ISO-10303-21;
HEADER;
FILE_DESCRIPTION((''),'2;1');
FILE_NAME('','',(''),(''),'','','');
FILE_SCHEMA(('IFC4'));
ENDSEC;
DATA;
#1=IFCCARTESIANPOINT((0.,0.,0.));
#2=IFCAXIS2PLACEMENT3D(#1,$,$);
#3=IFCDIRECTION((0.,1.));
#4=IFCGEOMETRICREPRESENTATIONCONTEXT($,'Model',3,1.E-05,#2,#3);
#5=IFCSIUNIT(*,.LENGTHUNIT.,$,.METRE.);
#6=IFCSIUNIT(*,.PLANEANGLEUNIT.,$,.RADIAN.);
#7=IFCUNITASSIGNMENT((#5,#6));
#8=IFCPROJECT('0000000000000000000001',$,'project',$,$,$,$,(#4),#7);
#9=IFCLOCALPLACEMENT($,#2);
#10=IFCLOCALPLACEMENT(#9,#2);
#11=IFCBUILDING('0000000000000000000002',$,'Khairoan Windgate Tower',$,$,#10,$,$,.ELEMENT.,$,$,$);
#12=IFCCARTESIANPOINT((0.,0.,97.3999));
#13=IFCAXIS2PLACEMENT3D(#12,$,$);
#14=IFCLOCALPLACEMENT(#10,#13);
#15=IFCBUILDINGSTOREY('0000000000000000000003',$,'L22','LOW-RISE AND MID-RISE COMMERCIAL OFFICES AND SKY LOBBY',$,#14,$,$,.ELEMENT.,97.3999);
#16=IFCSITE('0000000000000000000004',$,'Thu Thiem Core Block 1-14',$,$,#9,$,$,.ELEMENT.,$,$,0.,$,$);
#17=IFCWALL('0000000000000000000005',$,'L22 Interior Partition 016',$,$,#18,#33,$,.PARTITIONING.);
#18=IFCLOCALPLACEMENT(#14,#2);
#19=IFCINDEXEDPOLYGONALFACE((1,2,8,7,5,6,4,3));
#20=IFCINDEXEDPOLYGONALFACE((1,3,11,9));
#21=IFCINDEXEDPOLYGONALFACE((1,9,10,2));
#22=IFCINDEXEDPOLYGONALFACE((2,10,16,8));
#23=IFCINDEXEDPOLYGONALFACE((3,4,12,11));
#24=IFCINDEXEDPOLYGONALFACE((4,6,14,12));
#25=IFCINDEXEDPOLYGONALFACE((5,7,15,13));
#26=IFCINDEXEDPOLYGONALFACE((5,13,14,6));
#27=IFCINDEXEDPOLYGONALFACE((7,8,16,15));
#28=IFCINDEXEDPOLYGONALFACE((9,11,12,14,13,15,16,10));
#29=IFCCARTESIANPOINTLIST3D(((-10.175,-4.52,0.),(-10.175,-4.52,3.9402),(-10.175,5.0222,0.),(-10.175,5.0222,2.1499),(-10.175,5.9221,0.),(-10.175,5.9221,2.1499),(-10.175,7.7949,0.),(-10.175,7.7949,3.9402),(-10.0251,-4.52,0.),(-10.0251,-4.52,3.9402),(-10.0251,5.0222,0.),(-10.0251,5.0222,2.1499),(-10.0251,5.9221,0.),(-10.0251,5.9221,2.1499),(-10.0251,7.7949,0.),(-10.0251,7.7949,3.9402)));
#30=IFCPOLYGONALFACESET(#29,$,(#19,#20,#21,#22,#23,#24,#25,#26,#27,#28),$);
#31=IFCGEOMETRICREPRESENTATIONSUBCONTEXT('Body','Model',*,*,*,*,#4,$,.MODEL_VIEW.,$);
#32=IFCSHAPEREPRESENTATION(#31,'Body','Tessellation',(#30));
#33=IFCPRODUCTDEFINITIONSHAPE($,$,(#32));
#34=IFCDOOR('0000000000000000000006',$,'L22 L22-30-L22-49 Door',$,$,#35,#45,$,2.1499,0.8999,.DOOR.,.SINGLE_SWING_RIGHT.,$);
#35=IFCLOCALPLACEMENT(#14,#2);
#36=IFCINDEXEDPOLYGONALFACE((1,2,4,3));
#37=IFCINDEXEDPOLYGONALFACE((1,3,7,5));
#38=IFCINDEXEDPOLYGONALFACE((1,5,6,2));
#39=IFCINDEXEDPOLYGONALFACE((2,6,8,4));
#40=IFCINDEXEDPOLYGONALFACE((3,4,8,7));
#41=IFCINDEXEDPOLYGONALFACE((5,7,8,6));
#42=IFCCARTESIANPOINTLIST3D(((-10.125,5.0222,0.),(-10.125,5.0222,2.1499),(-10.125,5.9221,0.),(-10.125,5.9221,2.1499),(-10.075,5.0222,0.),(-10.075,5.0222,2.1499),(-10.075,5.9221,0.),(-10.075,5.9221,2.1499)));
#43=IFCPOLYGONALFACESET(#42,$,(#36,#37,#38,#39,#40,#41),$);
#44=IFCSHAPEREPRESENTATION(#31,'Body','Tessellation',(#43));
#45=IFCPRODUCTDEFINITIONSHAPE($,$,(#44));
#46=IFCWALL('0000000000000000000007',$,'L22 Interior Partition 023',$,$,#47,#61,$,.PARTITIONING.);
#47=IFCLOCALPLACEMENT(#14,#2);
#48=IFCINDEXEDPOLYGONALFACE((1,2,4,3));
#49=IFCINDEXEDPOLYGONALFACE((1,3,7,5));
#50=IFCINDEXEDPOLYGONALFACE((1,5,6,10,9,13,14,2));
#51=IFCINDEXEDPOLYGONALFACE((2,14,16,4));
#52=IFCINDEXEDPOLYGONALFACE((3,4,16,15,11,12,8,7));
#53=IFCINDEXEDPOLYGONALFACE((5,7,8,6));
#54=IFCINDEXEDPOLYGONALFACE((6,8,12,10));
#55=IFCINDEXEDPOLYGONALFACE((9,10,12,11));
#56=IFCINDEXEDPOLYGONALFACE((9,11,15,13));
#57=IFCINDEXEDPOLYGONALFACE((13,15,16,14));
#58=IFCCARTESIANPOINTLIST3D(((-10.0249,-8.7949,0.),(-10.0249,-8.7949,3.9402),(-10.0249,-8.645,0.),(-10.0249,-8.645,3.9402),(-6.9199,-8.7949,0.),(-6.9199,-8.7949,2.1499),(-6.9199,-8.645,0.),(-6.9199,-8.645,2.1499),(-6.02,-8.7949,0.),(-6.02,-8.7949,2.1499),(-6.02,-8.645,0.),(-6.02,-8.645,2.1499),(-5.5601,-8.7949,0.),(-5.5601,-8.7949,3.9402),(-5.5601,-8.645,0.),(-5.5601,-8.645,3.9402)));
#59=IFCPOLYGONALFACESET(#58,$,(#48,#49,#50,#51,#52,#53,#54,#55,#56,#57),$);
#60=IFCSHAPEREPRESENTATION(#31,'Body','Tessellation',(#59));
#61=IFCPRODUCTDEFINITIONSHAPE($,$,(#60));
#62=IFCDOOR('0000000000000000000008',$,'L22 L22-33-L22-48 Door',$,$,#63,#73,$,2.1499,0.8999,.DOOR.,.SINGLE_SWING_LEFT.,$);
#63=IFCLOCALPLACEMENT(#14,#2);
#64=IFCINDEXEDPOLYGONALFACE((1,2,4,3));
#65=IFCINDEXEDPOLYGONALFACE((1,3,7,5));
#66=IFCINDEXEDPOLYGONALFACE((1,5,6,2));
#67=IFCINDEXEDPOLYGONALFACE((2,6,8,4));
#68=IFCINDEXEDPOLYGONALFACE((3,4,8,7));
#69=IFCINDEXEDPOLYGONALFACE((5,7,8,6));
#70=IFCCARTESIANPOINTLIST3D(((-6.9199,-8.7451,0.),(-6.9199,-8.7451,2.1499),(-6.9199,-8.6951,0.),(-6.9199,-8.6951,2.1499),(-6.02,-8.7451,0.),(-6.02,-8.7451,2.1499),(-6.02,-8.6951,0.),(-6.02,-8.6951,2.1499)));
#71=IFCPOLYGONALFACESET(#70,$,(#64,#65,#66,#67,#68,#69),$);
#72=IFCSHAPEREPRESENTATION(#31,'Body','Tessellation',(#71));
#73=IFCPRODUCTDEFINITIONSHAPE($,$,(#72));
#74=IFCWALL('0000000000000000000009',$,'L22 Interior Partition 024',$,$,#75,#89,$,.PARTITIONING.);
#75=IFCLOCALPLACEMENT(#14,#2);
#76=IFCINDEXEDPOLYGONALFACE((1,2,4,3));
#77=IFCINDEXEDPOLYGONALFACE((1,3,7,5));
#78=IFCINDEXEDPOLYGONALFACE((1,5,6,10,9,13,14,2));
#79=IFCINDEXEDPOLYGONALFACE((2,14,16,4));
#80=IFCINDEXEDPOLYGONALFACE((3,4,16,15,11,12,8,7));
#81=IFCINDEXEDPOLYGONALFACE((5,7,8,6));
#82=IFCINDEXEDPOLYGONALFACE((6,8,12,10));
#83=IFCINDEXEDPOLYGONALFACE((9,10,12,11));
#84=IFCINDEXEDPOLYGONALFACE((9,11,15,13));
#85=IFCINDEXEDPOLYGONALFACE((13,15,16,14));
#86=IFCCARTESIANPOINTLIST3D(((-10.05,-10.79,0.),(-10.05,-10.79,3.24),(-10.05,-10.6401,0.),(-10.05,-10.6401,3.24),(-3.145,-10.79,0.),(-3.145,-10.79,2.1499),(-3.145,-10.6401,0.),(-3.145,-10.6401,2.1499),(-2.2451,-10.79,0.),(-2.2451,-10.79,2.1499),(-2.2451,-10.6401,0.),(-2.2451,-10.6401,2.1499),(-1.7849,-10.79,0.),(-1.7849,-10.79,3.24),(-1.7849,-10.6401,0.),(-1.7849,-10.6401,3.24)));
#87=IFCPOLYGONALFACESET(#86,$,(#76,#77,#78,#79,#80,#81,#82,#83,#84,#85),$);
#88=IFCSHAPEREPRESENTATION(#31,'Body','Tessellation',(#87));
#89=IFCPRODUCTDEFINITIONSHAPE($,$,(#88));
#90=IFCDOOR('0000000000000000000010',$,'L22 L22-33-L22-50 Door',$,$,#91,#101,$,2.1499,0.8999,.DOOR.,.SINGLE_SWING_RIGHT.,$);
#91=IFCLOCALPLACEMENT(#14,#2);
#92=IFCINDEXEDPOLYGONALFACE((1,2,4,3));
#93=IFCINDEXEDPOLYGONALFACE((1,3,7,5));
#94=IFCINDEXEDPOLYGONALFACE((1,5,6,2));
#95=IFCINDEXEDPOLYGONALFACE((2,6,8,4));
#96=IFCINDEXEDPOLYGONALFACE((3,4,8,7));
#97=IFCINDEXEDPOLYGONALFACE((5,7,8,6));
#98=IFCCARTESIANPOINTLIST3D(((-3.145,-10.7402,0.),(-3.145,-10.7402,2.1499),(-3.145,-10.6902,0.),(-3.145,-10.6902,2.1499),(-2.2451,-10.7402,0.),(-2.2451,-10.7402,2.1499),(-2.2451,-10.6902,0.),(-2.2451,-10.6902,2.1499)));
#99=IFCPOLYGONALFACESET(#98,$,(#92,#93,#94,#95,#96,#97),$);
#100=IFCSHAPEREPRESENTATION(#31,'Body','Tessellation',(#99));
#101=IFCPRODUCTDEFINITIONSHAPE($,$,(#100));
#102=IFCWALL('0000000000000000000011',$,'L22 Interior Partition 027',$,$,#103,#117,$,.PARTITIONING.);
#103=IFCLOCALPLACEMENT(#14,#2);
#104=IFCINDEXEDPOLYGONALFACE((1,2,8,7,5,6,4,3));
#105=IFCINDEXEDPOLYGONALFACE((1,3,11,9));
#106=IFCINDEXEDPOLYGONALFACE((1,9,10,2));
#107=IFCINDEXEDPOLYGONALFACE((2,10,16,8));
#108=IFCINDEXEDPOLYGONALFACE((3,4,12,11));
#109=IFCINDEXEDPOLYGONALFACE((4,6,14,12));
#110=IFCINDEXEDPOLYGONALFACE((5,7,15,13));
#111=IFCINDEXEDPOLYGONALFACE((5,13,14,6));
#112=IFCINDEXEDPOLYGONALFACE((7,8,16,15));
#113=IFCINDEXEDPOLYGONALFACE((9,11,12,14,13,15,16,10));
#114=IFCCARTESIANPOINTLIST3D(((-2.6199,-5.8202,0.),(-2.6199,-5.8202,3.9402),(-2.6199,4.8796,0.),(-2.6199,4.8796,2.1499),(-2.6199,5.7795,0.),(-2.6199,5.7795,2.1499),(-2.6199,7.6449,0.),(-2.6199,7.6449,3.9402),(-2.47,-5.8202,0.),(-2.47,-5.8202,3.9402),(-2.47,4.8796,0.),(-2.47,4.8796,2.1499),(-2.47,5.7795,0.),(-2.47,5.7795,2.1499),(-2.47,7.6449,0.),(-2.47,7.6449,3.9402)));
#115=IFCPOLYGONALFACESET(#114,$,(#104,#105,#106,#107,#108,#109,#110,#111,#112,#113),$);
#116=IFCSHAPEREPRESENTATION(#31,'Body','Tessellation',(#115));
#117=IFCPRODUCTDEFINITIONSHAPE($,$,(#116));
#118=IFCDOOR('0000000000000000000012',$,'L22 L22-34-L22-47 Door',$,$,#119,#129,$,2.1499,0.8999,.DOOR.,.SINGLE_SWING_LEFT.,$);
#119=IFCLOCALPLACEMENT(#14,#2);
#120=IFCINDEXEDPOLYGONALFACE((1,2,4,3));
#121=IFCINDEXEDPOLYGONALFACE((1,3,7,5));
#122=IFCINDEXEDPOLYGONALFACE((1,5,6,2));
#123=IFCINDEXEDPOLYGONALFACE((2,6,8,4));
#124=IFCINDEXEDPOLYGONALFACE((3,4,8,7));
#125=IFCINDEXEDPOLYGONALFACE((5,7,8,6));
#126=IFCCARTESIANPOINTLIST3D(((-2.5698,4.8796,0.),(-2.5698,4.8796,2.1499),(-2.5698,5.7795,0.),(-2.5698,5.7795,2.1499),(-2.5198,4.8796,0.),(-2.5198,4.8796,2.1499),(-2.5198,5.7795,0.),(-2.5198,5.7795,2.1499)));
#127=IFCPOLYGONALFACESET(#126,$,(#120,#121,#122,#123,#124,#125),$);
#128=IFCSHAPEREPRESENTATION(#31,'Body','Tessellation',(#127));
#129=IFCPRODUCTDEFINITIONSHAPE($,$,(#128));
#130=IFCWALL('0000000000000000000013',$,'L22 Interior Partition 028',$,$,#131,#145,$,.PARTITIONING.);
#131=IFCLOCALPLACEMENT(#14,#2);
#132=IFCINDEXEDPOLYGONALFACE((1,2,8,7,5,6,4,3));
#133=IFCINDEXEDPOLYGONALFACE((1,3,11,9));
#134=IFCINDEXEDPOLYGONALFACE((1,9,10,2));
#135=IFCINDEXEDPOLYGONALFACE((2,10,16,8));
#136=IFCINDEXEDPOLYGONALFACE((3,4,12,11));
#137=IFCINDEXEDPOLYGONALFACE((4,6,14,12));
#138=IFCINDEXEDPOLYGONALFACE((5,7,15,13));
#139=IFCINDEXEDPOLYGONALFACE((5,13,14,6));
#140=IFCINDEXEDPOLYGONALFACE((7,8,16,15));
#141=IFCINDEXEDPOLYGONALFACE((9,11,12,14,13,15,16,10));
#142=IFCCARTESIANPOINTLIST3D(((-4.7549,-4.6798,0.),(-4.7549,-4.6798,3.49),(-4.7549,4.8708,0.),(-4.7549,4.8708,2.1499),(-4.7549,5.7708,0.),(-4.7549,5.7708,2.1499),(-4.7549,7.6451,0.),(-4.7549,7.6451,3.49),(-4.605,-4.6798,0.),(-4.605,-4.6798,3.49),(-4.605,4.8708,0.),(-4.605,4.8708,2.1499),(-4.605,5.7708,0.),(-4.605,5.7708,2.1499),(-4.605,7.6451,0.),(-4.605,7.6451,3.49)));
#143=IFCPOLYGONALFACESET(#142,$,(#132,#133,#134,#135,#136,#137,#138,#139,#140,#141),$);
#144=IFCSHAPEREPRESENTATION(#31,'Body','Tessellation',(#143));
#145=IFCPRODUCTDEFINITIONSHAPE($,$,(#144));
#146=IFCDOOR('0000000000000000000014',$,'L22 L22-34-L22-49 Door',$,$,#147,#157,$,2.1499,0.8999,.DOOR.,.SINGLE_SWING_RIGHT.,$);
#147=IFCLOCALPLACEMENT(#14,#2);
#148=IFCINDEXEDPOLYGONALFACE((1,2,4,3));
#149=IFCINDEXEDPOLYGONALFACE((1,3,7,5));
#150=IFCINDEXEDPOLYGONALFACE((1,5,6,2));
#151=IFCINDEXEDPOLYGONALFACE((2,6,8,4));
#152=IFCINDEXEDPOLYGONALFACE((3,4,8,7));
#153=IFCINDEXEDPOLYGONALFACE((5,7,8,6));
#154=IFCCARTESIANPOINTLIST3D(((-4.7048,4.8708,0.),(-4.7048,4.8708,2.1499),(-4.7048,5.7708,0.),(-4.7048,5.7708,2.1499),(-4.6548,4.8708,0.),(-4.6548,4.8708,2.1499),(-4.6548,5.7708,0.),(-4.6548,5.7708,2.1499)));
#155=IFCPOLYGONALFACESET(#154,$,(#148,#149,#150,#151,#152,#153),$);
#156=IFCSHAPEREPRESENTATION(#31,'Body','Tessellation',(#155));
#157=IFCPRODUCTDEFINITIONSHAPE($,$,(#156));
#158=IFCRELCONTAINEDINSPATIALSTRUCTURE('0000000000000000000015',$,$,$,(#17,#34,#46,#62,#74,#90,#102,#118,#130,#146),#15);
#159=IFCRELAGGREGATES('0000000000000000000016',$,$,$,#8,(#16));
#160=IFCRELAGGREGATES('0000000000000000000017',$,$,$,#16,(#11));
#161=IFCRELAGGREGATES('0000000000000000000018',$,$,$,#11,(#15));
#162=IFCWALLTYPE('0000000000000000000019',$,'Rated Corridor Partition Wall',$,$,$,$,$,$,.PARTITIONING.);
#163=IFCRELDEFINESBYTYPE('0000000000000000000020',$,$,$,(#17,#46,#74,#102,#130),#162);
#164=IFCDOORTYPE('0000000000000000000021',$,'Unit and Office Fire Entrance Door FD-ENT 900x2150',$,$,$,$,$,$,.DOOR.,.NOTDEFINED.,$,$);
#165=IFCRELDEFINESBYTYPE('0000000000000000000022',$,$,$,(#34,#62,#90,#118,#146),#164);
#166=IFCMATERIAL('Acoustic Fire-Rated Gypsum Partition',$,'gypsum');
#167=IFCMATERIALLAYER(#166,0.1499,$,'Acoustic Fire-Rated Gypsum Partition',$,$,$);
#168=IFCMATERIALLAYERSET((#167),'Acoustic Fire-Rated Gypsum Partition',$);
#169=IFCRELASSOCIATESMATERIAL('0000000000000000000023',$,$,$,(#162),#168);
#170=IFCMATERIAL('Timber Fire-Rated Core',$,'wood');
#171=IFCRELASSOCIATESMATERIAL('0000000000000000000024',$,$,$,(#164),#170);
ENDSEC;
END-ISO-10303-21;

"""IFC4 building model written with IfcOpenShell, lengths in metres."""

from ifc_helpers import new_model, si_unit, direction, frame, frame_2d, origin, place, context, subcontext, project, spatial, rectangle, extrude, material, layer, layer_set, type_object, element, fill, save


model = new_model("IFC4")

# Units and contexts
model_context = context("Model", 3, precision=1e-05, world=origin(), true_north=direction((0.0, 1.0)))
body_context = subcontext(model_context, "Body", "Model", "MODEL_VIEW")
ifc_project = project(units=[si_unit("LENGTHUNIT", "METRE"), si_unit("PLANEANGLEUNIT", "RADIAN")], contexts=[model_context])

# Site, building, storey
site_placement = place(None, origin())
site = spatial("IfcSite", under=ifc_project, at=site_placement, Name="Thu Thiem Core Block 1-14", CompositionType="ELEMENT", RefElevation=0.0)
building_placement = place(site_placement, origin())
building = spatial("IfcBuilding", under=site, at=building_placement, Name="Khairoan Windgate Tower", CompositionType="ELEMENT")
storey_placement = place(building_placement, frame((0.0, 0.0, 97.3999)))
storey = spatial("IfcBuildingStorey", under=building, at=storey_placement, Name="L22", Description="LOW-RISE AND MID-RISE COMMERCIAL OFFICES AND SKY LOBBY", CompositionType="ELEMENT", Elevation=97.3999)

# Walls, openings, doors
ifc_material_1 = material(Name="Acoustic Fire-Rated Gypsum Partition", Category="gypsum")
ifc_layer_1 = layer(ifc_material_1, 0.1499, Name="Acoustic Fire-Rated Gypsum Partition")
ifc_layer_set_1 = layer_set([ifc_layer_1], Name="Acoustic Fire-Rated Gypsum Partition")
wall_type_1 = type_object("IfcWallType", Name="Rated Corridor Partition Wall", PredefinedType="PARTITIONING", material=ifc_layer_set_1)
ifc_material_2 = material(Name="Timber Fire-Rated Core", Category="wood")
door_type = type_object("IfcDoorType", Name="Unit and Office Fire Entrance Door FD-ENT 900x2150", OperationType="NOTDEFINED", PredefinedType="DOOR", material=ifc_material_2)
wall_1_placement = place(storey_placement, frame((-10.1001, -4.52, 0.0), z_axis=(0.0, 0.0, 1.0), x_axis=(0.0, 1.0, 0.0)))
wall_1 = element("IfcWall", 1, at=wall_1_placement, inside=storey, type_object=wall_type_1, Name="L22 Interior Partition 016", PredefinedType="PARTITIONING", context=body_context, shape_type="SweptSolid", body=[
    extrude(rectangle(XDim=12.3149, YDim=0.1499, at=frame_2d((6.1575, 0.0))), origin(), (0.0, 0.0, 1.0), 3.9402),
])
opening_1_placement = place(wall_1_placement, frame((9.5422, 0.0, 0.0)))
opening_1 = element("IfcOpeningElement", 2, at=opening_1_placement, cuts=wall_1, PredefinedType="OPENING", context=body_context, shape_type="SweptSolid", body=[
    extrude(rectangle(XDim=0.8999, YDim=2.1499, at=frame_2d((0.45, 1.075))), frame((0.0, 0.085, 0.0), z_axis=(0.0, -1.0, 0.0), x_axis=(1.0, 0.0, 0.0)), (0.0, 0.0, 1.0), 0.1699),
])
door_1_placement = place(opening_1_placement, origin())
door_1 = element("IfcDoor", 3, at=door_1_placement, inside=storey, type_object=door_type, Name="L22 L22-30-L22-49 Door", OperationType="SINGLE_SWING_RIGHT", OverallHeight=2.1499, OverallWidth=0.8999, PredefinedType="DOOR", context=body_context, shape_type="SweptSolid", body=[
    extrude(rectangle(XDim=0.8999, YDim=2.1499, at=frame_2d((0.45, 1.075))), frame((0.0, 0.0249, 0.0), z_axis=(0.0, -1.0, 0.0), x_axis=(1.0, 0.0, 0.0)), (0.0, 0.0, 1.0), 0.05),
])
fill(opening_1, door_1)
wall_2_placement = place(storey_placement, frame((-10.0249, -8.72, 0.0), z_axis=(0.0, 0.0, 1.0), x_axis=(1.0, 0.0, 0.0)))
wall_2 = element("IfcWall", 4, at=wall_2_placement, inside=storey, type_object=wall_type_1, Name="L22 Interior Partition 023", PredefinedType="PARTITIONING", context=body_context, shape_type="SweptSolid", body=[
    extrude(rectangle(XDim=4.4648, YDim=0.1499, at=frame_2d((2.2324, 0.0))), origin(), (0.0, 0.0, 1.0), 3.9402),
])
opening_2_placement = place(wall_2_placement, frame((3.105, 0.0, 0.0)))
opening_2 = element("IfcOpeningElement", 5, at=opening_2_placement, cuts=wall_2, PredefinedType="OPENING", context=body_context, shape_type="SweptSolid", body=[
    extrude(rectangle(XDim=0.8999, YDim=2.1499, at=frame_2d((0.45, 1.075))), frame((0.0, 0.085, 0.0), z_axis=(0.0, -1.0, 0.0), x_axis=(1.0, 0.0, 0.0)), (0.0, 0.0, 1.0), 0.1699),
])
door_2_placement = place(opening_2_placement, origin())
door_2 = element("IfcDoor", 6, at=door_2_placement, inside=storey, type_object=door_type, Name="L22 L22-33-L22-48 Door", OperationType="SINGLE_SWING_LEFT", OverallHeight=2.1499, OverallWidth=0.8999, PredefinedType="DOOR", context=body_context, shape_type="SweptSolid", body=[
    extrude(rectangle(XDim=0.8999, YDim=2.1499, at=frame_2d((0.45, 1.075))), frame((0.0, 0.0249, 0.0), z_axis=(0.0, -1.0, 0.0), x_axis=(1.0, 0.0, 0.0)), (0.0, 0.0, 1.0), 0.05),
])
fill(opening_2, door_2)
wall_3_placement = place(storey_placement, frame((-10.05, -10.7151, 0.0), z_axis=(0.0, 0.0, 1.0), x_axis=(1.0, 0.0, 0.0)))
wall_3 = element("IfcWall", 7, at=wall_3_placement, inside=storey, type_object=wall_type_1, Name="L22 Interior Partition 024", PredefinedType="PARTITIONING", context=body_context, shape_type="SweptSolid", body=[
    extrude(rectangle(XDim=8.2651, YDim=0.1499, at=frame_2d((4.1326, 0.0))), origin(), (0.0, 0.0, 1.0), 3.24),
])
opening_3_placement = place(wall_3_placement, frame((6.905, 0.0, 0.0)))
opening_3 = element("IfcOpeningElement", 8, at=opening_3_placement, cuts=wall_3, PredefinedType="OPENING", context=body_context, shape_type="SweptSolid", body=[
    extrude(rectangle(XDim=0.8999, YDim=2.1499, at=frame_2d((0.45, 1.075))), frame((0.0, 0.085, 0.0), z_axis=(0.0, -1.0, 0.0), x_axis=(1.0, 0.0, 0.0)), (0.0, 0.0, 1.0), 0.1699),
])
door_3_placement = place(opening_3_placement, origin())
door_3 = element("IfcDoor", 9, at=door_3_placement, inside=storey, type_object=door_type, Name="L22 L22-33-L22-50 Door", OperationType="SINGLE_SWING_RIGHT", OverallHeight=2.1499, OverallWidth=0.8999, PredefinedType="DOOR", context=body_context, shape_type="SweptSolid", body=[
    extrude(rectangle(XDim=0.8999, YDim=2.1499, at=frame_2d((0.45, 1.075))), frame((0.0, 0.0249, 0.0), z_axis=(0.0, -1.0, 0.0), x_axis=(1.0, 0.0, 0.0)), (0.0, 0.0, 1.0), 0.05),
])
fill(opening_3, door_3)
wall_4_placement = place(storey_placement, frame((-2.5449, -5.8201, 0.0), z_axis=(0.0, 0.0, 1.0), x_axis=(0.0, 1.0, 0.0)))
wall_4 = element("IfcWall", 10, at=wall_4_placement, inside=storey, type_object=wall_type_1, Name="L22 Interior Partition 027", PredefinedType="PARTITIONING", context=body_context, shape_type="SweptSolid", body=[
    extrude(rectangle(XDim=13.4651, YDim=0.1499, at=frame_2d((6.7324, 0.0))), origin(), (0.0, 0.0, 1.0), 3.9402),
])
opening_4_placement = place(wall_4_placement, frame((10.6997, 0.0, 0.0)))
opening_4 = element("IfcOpeningElement", 11, at=opening_4_placement, cuts=wall_4, PredefinedType="OPENING", context=body_context, shape_type="SweptSolid", body=[
    extrude(rectangle(XDim=0.8999, YDim=2.1499, at=frame_2d((0.45, 1.075))), frame((0.0, 0.085, 0.0), z_axis=(0.0, -1.0, 0.0), x_axis=(1.0, 0.0, 0.0)), (0.0, 0.0, 1.0), 0.1699),
])
door_4_placement = place(opening_4_placement, origin())
door_4 = element("IfcDoor", 12, at=door_4_placement, inside=storey, type_object=door_type, Name="L22 L22-34-L22-47 Door", OperationType="SINGLE_SWING_LEFT", OverallHeight=2.1499, OverallWidth=0.8999, PredefinedType="DOOR", context=body_context, shape_type="SweptSolid", body=[
    extrude(rectangle(XDim=0.8999, YDim=2.1499, at=frame_2d((0.45, 1.075))), frame((0.0, 0.0249, 0.0), z_axis=(0.0, -1.0, 0.0), x_axis=(1.0, 0.0, 0.0)), (0.0, 0.0, 1.0), 0.05),
])
fill(opening_4, door_4)
wall_5_placement = place(storey_placement, frame((-4.6799, -4.6799, 0.0), z_axis=(0.0, 0.0, 1.0), x_axis=(0.0, 1.0, 0.0)))
wall_5 = element("IfcWall", 13, at=wall_5_placement, inside=storey, type_object=wall_type_1, Name="L22 Interior Partition 028", PredefinedType="PARTITIONING", context=body_context, shape_type="SweptSolid", body=[
    extrude(rectangle(XDim=12.325, YDim=0.1499, at=frame_2d((6.1626, 0.0))), origin(), (0.0, 0.0, 1.0), 3.49),
])
opening_5_placement = place(wall_5_placement, frame((9.5508, 0.0, 0.0)))
opening_5 = element("IfcOpeningElement", 14, at=opening_5_placement, cuts=wall_5, PredefinedType="OPENING", context=body_context, shape_type="SweptSolid", body=[
    extrude(rectangle(XDim=0.8999, YDim=2.1499, at=frame_2d((0.45, 1.075))), frame((0.0, 0.085, 0.0), z_axis=(0.0, -1.0, 0.0), x_axis=(1.0, 0.0, 0.0)), (0.0, 0.0, 1.0), 0.1699),
])
door_5_placement = place(opening_5_placement, origin())
door_5 = element("IfcDoor", 15, at=door_5_placement, inside=storey, type_object=door_type, Name="L22 L22-34-L22-49 Door", OperationType="SINGLE_SWING_RIGHT", OverallHeight=2.1499, OverallWidth=0.8999, PredefinedType="DOOR", context=body_context, shape_type="SweptSolid", body=[
    extrude(rectangle(XDim=0.8999, YDim=2.1499, at=frame_2d((0.45, 1.075))), frame((0.0, 0.0249, 0.0), z_axis=(0.0, -1.0, 0.0), x_axis=(1.0, 0.0, 0.0)), (0.0, 0.0, 1.0), 0.05),
])
fill(opening_5, door_5)

save(model, "model.ifc")
